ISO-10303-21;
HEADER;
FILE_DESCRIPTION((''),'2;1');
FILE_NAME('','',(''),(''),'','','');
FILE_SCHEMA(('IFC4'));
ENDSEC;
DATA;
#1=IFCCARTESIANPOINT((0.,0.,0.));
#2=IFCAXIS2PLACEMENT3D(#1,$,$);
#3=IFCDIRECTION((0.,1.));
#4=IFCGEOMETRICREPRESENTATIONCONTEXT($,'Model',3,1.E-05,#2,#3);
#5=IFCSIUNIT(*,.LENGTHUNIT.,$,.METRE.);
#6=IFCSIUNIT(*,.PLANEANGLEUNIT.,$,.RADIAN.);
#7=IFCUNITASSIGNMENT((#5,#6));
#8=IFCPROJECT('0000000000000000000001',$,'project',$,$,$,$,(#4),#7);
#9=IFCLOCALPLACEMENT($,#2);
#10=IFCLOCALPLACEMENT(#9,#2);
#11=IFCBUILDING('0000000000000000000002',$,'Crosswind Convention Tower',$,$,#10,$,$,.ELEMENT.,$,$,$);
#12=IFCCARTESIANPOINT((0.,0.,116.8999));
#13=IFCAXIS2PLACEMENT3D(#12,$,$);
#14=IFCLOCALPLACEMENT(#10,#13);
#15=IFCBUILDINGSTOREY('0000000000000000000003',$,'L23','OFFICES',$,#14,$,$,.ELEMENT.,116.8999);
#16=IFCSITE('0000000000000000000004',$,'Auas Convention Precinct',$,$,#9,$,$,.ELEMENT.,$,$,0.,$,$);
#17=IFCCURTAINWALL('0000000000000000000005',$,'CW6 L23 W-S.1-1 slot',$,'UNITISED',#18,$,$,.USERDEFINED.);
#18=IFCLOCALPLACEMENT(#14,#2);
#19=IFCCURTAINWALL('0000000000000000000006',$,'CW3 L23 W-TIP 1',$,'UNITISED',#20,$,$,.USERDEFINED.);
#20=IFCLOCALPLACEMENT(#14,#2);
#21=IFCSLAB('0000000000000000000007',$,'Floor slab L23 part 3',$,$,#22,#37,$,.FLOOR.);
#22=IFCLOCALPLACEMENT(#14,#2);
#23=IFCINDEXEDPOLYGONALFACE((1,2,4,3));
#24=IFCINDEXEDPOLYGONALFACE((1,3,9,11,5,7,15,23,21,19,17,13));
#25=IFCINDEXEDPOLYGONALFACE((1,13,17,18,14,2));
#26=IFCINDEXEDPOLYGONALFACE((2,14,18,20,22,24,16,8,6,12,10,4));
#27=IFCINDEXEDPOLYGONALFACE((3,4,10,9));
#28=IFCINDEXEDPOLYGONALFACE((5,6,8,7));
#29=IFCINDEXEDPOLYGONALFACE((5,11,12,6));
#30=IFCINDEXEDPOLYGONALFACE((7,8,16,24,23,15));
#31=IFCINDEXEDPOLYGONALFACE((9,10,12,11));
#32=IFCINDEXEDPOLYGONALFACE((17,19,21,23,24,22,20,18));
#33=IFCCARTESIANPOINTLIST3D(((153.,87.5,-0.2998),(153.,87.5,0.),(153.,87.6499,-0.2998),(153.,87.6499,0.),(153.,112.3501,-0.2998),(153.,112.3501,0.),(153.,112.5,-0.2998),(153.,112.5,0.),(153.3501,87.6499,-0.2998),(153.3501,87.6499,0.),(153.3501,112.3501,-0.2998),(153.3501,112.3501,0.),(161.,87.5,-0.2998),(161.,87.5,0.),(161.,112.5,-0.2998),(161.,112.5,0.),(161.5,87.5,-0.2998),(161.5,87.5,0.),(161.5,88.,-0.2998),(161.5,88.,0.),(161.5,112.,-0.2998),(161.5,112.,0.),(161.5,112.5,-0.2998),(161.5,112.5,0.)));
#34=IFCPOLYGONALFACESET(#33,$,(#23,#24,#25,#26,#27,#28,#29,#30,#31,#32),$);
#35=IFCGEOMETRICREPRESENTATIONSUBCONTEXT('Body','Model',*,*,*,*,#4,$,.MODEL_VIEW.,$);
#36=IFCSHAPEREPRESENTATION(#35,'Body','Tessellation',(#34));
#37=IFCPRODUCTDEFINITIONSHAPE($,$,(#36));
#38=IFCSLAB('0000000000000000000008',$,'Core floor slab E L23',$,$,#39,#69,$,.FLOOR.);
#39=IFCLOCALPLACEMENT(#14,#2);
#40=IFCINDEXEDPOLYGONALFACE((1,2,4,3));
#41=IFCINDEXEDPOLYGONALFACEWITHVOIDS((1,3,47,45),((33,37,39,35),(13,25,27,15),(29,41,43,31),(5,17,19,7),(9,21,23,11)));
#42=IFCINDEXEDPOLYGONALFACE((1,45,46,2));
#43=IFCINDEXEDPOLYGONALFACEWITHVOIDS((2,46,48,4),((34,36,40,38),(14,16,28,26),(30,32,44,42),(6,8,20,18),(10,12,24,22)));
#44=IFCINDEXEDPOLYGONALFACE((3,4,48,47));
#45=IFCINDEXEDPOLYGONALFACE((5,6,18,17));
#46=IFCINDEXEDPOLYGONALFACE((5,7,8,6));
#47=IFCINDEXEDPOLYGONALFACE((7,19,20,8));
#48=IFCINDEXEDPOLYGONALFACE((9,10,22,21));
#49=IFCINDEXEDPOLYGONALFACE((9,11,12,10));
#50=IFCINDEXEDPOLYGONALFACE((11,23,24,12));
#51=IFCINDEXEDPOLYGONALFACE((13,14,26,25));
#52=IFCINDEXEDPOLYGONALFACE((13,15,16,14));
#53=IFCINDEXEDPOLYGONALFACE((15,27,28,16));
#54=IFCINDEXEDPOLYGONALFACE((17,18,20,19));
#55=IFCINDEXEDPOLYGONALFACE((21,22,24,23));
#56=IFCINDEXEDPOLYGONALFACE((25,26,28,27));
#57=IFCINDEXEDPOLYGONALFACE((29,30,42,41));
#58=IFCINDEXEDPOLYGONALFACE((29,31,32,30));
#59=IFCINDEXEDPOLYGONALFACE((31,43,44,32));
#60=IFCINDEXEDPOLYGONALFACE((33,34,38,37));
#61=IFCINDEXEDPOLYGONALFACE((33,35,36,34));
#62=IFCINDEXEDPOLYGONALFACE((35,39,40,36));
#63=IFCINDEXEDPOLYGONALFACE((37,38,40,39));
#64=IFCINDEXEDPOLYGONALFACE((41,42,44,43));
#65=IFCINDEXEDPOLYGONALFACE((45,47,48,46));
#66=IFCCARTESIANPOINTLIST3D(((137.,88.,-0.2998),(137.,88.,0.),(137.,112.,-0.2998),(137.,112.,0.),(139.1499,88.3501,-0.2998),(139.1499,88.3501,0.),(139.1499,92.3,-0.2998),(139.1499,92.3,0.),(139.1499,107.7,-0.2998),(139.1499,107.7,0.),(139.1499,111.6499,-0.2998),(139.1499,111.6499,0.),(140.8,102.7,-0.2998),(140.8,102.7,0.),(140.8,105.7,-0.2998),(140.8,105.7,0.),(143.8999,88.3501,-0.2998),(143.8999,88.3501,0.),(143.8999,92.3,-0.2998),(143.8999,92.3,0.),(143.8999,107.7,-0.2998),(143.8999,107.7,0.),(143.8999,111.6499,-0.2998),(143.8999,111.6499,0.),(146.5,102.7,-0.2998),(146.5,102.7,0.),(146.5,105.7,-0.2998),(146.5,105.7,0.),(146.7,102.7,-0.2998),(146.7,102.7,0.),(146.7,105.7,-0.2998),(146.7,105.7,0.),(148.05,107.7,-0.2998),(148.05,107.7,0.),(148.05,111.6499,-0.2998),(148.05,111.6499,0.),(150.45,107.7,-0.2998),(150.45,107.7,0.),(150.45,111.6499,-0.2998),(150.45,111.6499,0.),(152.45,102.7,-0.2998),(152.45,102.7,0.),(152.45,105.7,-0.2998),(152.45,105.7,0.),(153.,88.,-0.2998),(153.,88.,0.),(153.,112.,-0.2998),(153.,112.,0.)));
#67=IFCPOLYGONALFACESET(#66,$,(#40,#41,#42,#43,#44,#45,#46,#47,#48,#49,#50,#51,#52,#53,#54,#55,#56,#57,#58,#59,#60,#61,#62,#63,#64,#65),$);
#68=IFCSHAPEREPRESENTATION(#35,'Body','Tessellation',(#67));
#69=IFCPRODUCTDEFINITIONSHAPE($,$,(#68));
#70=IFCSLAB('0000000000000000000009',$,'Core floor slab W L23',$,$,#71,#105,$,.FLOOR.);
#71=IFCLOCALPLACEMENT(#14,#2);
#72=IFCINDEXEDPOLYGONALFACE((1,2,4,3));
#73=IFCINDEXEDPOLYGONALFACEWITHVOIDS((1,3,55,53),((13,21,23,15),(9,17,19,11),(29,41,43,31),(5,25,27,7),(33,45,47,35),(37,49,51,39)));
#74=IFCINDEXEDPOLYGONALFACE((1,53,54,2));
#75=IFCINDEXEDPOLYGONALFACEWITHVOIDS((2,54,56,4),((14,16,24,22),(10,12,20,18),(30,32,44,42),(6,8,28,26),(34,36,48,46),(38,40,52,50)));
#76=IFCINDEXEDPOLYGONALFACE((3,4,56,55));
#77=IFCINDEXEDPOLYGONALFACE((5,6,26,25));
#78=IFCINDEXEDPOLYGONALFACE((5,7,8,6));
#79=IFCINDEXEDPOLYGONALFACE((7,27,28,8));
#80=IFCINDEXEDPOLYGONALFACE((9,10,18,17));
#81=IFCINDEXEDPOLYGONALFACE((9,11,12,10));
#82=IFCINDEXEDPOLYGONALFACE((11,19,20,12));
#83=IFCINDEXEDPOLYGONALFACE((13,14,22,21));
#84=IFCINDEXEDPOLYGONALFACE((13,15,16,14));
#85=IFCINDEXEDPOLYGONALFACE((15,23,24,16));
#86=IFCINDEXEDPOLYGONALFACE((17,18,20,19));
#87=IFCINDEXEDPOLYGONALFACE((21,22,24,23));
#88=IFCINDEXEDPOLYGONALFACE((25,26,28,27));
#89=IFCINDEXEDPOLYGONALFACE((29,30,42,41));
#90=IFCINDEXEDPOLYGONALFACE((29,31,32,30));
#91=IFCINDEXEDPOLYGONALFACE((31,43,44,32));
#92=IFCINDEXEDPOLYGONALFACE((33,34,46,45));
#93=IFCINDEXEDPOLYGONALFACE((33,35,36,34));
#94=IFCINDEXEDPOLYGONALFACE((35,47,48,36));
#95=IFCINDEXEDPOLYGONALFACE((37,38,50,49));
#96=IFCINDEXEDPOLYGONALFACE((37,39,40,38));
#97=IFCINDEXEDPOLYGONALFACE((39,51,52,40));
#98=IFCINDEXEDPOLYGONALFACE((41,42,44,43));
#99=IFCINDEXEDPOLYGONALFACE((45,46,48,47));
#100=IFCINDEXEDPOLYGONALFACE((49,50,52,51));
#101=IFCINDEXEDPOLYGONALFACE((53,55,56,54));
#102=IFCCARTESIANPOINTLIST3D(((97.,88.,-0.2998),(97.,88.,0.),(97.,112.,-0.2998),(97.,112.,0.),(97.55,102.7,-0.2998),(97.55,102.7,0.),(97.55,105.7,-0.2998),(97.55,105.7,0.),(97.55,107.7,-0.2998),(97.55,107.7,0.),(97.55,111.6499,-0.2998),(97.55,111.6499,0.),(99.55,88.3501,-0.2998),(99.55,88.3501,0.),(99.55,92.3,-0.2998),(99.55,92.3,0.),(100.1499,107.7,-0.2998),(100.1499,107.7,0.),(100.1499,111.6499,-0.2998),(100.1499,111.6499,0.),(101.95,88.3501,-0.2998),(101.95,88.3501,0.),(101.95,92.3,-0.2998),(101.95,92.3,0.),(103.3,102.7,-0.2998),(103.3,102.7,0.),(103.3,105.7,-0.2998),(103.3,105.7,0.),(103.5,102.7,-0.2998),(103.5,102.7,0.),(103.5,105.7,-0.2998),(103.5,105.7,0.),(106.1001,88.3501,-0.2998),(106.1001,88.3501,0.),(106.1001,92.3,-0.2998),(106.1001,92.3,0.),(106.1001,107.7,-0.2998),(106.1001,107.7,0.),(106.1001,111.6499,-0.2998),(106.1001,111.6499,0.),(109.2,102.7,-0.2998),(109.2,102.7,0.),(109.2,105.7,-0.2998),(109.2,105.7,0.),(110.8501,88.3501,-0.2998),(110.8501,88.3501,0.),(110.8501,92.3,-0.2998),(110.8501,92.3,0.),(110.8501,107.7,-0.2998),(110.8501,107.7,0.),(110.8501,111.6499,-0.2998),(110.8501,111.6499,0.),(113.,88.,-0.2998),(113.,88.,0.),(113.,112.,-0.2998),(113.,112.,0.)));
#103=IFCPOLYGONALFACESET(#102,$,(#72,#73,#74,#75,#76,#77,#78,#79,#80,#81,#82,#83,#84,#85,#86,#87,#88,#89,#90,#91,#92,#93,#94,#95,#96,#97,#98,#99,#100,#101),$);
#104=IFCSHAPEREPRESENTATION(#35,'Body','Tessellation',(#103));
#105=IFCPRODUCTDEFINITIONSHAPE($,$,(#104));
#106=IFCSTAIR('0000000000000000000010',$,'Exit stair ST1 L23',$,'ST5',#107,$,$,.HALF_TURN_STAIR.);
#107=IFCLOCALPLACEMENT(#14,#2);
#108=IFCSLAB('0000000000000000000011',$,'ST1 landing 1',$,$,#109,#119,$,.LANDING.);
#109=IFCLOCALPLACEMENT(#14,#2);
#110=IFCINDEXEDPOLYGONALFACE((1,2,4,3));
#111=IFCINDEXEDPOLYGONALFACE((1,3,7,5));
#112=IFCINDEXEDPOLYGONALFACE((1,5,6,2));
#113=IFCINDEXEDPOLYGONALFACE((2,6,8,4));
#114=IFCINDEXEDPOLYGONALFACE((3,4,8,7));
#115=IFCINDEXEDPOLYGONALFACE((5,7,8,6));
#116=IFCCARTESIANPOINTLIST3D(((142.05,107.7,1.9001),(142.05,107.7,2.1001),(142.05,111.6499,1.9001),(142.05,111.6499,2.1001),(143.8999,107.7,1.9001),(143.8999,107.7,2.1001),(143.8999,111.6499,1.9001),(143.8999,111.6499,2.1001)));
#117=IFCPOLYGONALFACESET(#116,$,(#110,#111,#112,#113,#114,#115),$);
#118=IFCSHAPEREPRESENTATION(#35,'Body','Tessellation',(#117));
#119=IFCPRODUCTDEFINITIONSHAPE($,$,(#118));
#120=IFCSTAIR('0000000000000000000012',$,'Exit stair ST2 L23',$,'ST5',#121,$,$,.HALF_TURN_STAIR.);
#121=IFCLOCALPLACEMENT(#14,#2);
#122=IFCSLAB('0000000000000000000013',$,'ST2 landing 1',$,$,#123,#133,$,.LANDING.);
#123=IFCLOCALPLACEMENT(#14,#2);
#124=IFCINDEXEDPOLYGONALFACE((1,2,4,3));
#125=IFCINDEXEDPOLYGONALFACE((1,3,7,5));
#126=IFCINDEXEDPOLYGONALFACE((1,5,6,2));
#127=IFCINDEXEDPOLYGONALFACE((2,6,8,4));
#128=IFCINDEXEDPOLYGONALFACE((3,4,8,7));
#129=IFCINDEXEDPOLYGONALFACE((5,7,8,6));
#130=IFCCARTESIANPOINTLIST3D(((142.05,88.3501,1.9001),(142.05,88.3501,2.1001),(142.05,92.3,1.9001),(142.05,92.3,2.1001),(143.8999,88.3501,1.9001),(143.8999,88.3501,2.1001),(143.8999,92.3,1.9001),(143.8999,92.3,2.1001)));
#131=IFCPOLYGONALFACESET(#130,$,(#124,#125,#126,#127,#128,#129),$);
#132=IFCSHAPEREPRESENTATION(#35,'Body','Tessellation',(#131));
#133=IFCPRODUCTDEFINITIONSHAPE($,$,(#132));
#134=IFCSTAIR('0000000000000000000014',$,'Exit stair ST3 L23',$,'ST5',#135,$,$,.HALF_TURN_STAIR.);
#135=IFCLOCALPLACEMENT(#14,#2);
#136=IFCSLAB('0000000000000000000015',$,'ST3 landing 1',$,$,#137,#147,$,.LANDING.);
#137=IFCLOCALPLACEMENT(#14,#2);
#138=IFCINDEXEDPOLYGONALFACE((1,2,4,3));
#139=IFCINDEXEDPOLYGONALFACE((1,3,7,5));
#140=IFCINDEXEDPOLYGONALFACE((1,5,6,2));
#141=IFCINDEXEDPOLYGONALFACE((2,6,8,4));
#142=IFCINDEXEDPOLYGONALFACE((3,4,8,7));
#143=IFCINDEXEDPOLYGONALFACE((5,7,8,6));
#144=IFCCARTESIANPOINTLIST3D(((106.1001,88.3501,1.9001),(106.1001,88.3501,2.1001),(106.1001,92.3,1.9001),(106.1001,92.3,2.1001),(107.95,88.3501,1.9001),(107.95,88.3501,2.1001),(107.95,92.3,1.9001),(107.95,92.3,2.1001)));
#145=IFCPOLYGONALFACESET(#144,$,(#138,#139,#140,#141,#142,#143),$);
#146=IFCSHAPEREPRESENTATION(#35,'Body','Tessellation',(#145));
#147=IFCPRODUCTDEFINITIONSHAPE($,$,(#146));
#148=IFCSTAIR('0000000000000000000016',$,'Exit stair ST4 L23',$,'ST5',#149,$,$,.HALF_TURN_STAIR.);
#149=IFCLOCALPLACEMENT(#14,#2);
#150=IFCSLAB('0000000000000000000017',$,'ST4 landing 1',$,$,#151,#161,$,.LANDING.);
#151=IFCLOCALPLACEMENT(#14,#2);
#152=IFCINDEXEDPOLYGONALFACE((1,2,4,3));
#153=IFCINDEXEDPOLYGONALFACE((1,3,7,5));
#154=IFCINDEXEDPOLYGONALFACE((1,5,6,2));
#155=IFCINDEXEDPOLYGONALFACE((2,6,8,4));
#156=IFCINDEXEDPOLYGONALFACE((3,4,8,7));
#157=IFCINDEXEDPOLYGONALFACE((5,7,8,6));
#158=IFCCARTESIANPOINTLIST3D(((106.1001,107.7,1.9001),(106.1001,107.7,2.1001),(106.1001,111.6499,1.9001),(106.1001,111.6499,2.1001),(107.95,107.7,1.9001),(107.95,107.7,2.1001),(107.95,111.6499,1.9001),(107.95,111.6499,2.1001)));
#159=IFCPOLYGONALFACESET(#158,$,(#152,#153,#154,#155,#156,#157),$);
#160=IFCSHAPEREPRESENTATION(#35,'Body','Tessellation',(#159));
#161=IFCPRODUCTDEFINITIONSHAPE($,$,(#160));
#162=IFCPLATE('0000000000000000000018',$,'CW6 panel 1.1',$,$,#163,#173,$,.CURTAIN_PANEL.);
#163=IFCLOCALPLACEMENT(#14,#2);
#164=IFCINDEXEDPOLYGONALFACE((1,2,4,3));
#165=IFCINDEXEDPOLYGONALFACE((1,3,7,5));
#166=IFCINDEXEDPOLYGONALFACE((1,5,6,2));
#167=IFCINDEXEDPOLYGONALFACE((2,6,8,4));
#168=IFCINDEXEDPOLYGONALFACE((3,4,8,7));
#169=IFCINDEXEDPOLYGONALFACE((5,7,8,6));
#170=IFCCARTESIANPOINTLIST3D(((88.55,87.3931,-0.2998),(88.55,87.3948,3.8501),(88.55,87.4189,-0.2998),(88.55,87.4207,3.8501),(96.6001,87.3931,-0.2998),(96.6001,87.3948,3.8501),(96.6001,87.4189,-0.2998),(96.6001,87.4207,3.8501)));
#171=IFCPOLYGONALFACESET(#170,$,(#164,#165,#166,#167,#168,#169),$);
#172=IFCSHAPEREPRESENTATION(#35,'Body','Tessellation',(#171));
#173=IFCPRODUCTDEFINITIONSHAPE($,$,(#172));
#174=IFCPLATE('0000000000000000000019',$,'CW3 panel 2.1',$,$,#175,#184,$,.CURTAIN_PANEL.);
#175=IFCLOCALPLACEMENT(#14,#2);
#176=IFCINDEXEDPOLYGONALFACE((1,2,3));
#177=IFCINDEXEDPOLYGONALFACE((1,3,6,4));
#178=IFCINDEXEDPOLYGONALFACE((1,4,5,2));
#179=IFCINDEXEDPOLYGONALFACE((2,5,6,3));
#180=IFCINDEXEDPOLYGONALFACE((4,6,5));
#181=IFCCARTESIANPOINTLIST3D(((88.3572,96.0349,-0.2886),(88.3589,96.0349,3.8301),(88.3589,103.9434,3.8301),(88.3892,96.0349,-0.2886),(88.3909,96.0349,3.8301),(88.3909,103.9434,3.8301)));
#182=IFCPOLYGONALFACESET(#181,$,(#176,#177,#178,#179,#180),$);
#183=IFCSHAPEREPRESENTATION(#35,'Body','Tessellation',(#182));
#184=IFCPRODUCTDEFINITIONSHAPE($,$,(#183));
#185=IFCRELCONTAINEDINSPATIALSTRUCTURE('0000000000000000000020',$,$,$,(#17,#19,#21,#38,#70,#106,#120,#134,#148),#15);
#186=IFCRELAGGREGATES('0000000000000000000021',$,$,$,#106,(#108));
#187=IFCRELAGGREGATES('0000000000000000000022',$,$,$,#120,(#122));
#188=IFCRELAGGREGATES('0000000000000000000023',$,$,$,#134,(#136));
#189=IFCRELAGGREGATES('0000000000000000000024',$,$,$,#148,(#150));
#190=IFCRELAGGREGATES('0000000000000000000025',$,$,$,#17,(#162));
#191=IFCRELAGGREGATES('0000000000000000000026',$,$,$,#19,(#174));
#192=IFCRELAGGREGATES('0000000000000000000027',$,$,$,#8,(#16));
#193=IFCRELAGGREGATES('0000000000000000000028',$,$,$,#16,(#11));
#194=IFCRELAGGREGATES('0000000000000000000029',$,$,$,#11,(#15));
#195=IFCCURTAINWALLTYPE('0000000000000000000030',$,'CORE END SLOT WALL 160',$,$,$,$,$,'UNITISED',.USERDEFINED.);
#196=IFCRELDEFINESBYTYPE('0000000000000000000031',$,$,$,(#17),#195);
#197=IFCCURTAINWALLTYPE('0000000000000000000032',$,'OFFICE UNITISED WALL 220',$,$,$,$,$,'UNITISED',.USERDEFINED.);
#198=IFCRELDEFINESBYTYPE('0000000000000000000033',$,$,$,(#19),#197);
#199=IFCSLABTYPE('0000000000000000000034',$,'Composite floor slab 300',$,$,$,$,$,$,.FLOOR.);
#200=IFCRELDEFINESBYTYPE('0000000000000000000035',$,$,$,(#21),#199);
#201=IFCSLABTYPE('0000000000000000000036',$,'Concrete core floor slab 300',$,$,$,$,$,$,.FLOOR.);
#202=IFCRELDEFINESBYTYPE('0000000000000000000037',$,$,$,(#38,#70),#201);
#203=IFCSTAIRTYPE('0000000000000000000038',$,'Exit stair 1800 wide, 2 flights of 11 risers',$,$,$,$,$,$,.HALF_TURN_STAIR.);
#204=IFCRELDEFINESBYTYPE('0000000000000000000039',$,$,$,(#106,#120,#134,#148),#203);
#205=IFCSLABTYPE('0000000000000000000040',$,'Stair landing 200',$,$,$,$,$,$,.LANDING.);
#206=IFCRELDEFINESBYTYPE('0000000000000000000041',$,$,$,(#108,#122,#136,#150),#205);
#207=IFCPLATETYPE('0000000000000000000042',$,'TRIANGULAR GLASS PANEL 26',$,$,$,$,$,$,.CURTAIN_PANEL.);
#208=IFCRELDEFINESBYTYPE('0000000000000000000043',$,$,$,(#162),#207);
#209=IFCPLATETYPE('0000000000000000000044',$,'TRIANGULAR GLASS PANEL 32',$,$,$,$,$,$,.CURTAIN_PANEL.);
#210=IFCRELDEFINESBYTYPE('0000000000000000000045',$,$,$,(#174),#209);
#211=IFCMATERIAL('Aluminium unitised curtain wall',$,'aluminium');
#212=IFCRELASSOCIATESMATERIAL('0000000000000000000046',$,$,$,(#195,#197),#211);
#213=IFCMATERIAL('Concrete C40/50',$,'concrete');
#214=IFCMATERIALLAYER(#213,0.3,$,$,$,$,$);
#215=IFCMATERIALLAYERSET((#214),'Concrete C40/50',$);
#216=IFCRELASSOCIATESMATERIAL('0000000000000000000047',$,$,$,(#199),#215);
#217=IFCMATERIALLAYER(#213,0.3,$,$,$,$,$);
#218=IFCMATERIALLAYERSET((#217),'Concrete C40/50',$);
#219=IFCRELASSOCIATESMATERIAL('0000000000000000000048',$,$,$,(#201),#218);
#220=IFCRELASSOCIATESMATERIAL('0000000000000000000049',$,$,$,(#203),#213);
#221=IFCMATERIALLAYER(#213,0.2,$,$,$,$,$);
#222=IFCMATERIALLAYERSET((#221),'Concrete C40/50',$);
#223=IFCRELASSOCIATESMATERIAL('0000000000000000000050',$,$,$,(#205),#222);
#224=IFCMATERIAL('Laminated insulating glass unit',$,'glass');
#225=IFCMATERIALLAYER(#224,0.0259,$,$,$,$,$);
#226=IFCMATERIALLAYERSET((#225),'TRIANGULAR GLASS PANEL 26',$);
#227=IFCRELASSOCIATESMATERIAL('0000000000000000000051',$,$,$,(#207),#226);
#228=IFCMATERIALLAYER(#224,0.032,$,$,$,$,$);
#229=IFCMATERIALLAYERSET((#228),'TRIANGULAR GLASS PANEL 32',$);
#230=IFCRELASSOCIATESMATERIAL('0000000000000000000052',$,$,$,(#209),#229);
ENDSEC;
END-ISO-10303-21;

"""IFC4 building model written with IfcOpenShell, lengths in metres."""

from ifc_helpers import new_model, si_unit, direction, frame, origin, place, context, subcontext, project, spatial, polyline, outline, extrude, material, layer, layer_set, type_object, element, aggregate, save


model = new_model("IFC4")

# Units and contexts
model_context = context("Model", 3, precision=1e-05, world=origin(), true_north=direction((0.0, 1.0)))
body_context = subcontext(model_context, "Body", "Model", "MODEL_VIEW")
ifc_project = project(units=[si_unit("LENGTHUNIT", "METRE"), si_unit("PLANEANGLEUNIT", "RADIAN")], contexts=[model_context])

# Site, building, storey
site_placement = place(None, origin())
site = spatial("IfcSite", under=ifc_project, at=site_placement, Name="Auas Convention Precinct", CompositionType="ELEMENT", RefElevation=0.0)
building_placement = place(site_placement, origin())
building = spatial("IfcBuilding", under=site, at=building_placement, Name="Crosswind Convention Tower", CompositionType="ELEMENT")
storey_placement = place(building_placement, frame((0.0, 0.0, 116.8999)))
storey = spatial("IfcBuildingStorey", under=building, at=storey_placement, Name="L23", Description="OFFICES", CompositionType="ELEMENT", Elevation=116.8999)

# Curtain wall
ifc_material_1 = material(Name="Aluminium unitised curtain wall", Category="aluminium")
curtain_wall_type_1 = type_object("IfcCurtainWallType", Name="CORE END SLOT WALL 160", ElementType="UNITISED", PredefinedType="USERDEFINED", material=ifc_material_1)
curtain_wall_1_placement = place(storey_placement, origin())
curtain_wall_1 = element("IfcCurtainWall", 1, at=curtain_wall_1_placement, inside=storey, type_object=curtain_wall_type_1, Name="CW6 L23 W-S.1-1 slot", ObjectType="UNITISED", PredefinedType="USERDEFINED")

# Curtain wall
curtain_wall_type_2 = type_object("IfcCurtainWallType", Name="OFFICE UNITISED WALL 220", ElementType="UNITISED", PredefinedType="USERDEFINED", material=ifc_material_1)
curtain_wall_2_placement = place(storey_placement, origin())
curtain_wall_2 = element("IfcCurtainWall", 2, at=curtain_wall_2_placement, inside=storey, type_object=curtain_wall_type_2, Name="CW3 L23 W-TIP 1", ObjectType="UNITISED", PredefinedType="USERDEFINED")

# Slabs
ifc_material_2 = material(Name="Concrete C40/50", Category="concrete")
ifc_layer_1 = layer(ifc_material_2, 0.3)
ifc_layer_set_1 = layer_set([ifc_layer_1], Name="Concrete C40/50")
slab_type_1 = type_object("IfcSlabType", Name="Composite floor slab 300", PredefinedType="FLOOR", material=ifc_layer_set_1)
slab_1_placement = place(storey_placement, frame((0.0, 0.0, -0.2998)))
element("IfcSlab", 3, at=slab_1_placement, inside=storey, type_object=slab_type_1, Name="Floor slab L23 part 3", PredefinedType="FLOOR", context=body_context, shape_type="SweptSolid", body=[
    extrude(outline(polyline([(153.0, 112.5), (161.0, 112.5), (161.5, 112.5), (161.5, 112.0), (161.5, 88.0), (161.5, 87.5), (161.0, 87.5), (153.0, 87.5), (153.0, 87.6499), (153.3501, 87.6499), (153.3501, 112.3501), (153.0, 112.3501), (153.0, 112.5)])), origin(), (0.0, 0.0, 1.0), 0.2998),
])
ifc_layer_2 = layer(ifc_material_2, 0.3)
ifc_layer_set_2 = layer_set([ifc_layer_2], Name="Concrete C40/50")
slab_type_2 = type_object("IfcSlabType", Name="Concrete core floor slab 300", PredefinedType="FLOOR", material=ifc_layer_set_2)
slab_2_placement = place(storey_placement, frame((0.0, 0.0, -0.2998)))
element("IfcSlab", 4, at=slab_2_placement, inside=storey, type_object=slab_type_2, Name="Core floor slab E L23", PredefinedType="FLOOR", context=body_context, shape_type="SweptSolid", body=[
    extrude(outline(polyline([(137.0, 88.0), (153.0, 88.0), (153.0, 112.0), (137.0, 112.0), (137.0, 88.0)]), holes=[polyline([(146.5, 102.7), (146.5, 105.7), (140.8, 105.7), (140.8, 102.7), (146.5, 102.7)]), polyline([(152.45, 102.7), (152.45, 105.7), (146.7, 105.7), (146.7, 102.7), (152.45, 102.7)]), polyline([(150.45, 107.7), (150.45, 111.6499), (148.05, 111.6499), (148.05, 107.7), (150.45, 107.7)]), polyline([(143.8999, 107.7), (143.8999, 111.6499), (139.1499, 111.6499), (139.1499, 107.7), (143.8999, 107.7)]), polyline([(143.8999, 88.3501), (143.8999, 92.3), (139.1499, 92.3), (139.1499, 88.3501), (143.8999, 88.3501)])]), origin(), (0.0, 0.0, 1.0), 0.2998),
])
slab_3_placement = place(storey_placement, frame((0.0, 0.0, -0.2998)))
element("IfcSlab", 5, at=slab_3_placement, inside=storey, type_object=slab_type_2, Name="Core floor slab W L23", PredefinedType="FLOOR", context=body_context, shape_type="SweptSolid", body=[
    extrude(outline(polyline([(97.0, 88.0), (113.0, 88.0), (113.0, 112.0), (97.0, 112.0), (97.0, 88.0)]), holes=[polyline([(109.2, 102.7), (109.2, 105.7), (103.5, 105.7), (103.5, 102.7), (109.2, 102.7)]), polyline([(103.3, 102.7), (103.3, 105.7), (97.55, 105.7), (97.55, 102.7), (103.3, 102.7)]), polyline([(101.95, 88.3501), (101.95, 92.3), (99.55, 92.3), (99.55, 88.3501), (101.95, 88.3501)]), polyline([(100.1499, 107.7), (100.1499, 111.6499), (97.55, 111.6499), (97.55, 107.7), (100.1499, 107.7)]), polyline([(110.8501, 88.3501), (110.8501, 92.3), (106.1001, 92.3), (106.1001, 88.3501), (110.8501, 88.3501)]), polyline([(110.8501, 107.7), (110.8501, 111.6499), (106.1001, 111.6499), (106.1001, 107.7), (110.8501, 107.7)])]), origin(), (0.0, 0.0, 1.0), 0.2998),
])

# Stairs, slabs
stair_type = type_object("IfcStairType", Name="Exit stair 1800 wide, 2 flights of 11 risers", PredefinedType="HALF_TURN_STAIR", material=ifc_material_2)
stair_1_placement = place(storey_placement, origin())
stair_1 = element("IfcStair", 6, at=stair_1_placement, inside=storey, type_object=stair_type, Name="Exit stair ST1 L23", ObjectType="ST5", PredefinedType="HALF_TURN_STAIR")
ifc_layer_3 = layer(ifc_material_2, 0.2)
ifc_layer_set_3 = layer_set([ifc_layer_3], Name="Concrete C40/50")
slab_type_3 = type_object("IfcSlabType", Name="Stair landing 200", PredefinedType="LANDING", material=ifc_layer_set_3)
slab_4_placement = place(storey_placement, frame((0.0, 0.0, 1.9001)))
slab_4 = element("IfcSlab", 7, at=slab_4_placement, type_object=slab_type_3, Name="ST1 landing 1", PredefinedType="LANDING", context=body_context, shape_type="SweptSolid", body=[
    extrude(outline(polyline([(143.8999, 107.7), (143.8999, 111.6499), (142.05, 111.6499), (142.05, 107.7), (143.8999, 107.7)])), origin(), (0.0, 0.0, 1.0), 0.2),
])
aggregate(stair_1, [slab_4])
stair_2_placement = place(storey_placement, origin())
stair_2 = element("IfcStair", 8, at=stair_2_placement, inside=storey, type_object=stair_type, Name="Exit stair ST2 L23", ObjectType="ST5", PredefinedType="HALF_TURN_STAIR")
slab_5_placement = place(storey_placement, frame((0.0, 0.0, 1.9001)))
slab_5 = element("IfcSlab", 9, at=slab_5_placement, type_object=slab_type_3, Name="ST2 landing 1", PredefinedType="LANDING", context=body_context, shape_type="SweptSolid", body=[
    extrude(outline(polyline([(143.8999, 88.3501), (143.8999, 92.3), (142.05, 92.3), (142.05, 88.3501), (143.8999, 88.3501)])), origin(), (0.0, 0.0, 1.0), 0.2),
])
aggregate(stair_2, [slab_5])
stair_3_placement = place(storey_placement, origin())
stair_3 = element("IfcStair", 10, at=stair_3_placement, inside=storey, type_object=stair_type, Name="Exit stair ST3 L23", ObjectType="ST5", PredefinedType="HALF_TURN_STAIR")
slab_6_placement = place(storey_placement, frame((0.0, 0.0, 1.9001)))
slab_6 = element("IfcSlab", 11, at=slab_6_placement, type_object=slab_type_3, Name="ST3 landing 1", PredefinedType="LANDING", context=body_context, shape_type="SweptSolid", body=[
    extrude(outline(polyline([(107.95, 88.3501), (107.95, 92.3), (106.1001, 92.3), (106.1001, 88.3501), (107.95, 88.3501)])), origin(), (0.0, 0.0, 1.0), 0.2),
])
aggregate(stair_3, [slab_6])
stair_4_placement = place(storey_placement, origin())
stair_4 = element("IfcStair", 12, at=stair_4_placement, inside=storey, type_object=stair_type, Name="Exit stair ST4 L23", ObjectType="ST5", PredefinedType="HALF_TURN_STAIR")
slab_7_placement = place(storey_placement, frame((0.0, 0.0, 1.9001)))
slab_7 = element("IfcSlab", 13, at=slab_7_placement, type_object=slab_type_3, Name="ST4 landing 1", PredefinedType="LANDING", context=body_context, shape_type="SweptSolid", body=[
    extrude(outline(polyline([(107.95, 107.7), (107.95, 111.6499), (106.1001, 111.6499), (106.1001, 107.7), (107.95, 107.7)])), origin(), (0.0, 0.0, 1.0), 0.2),
])
aggregate(stair_4, [slab_7])

# Plates
ifc_material_3 = material(Name="Laminated insulating glass unit", Category="glass")
ifc_layer_4 = layer(ifc_material_3, 0.0259)
ifc_layer_set_4 = layer_set([ifc_layer_4], Name="TRIANGULAR GLASS PANEL 26")
plate_type_1 = type_object("IfcPlateType", Name="TRIANGULAR GLASS PANEL 26", PredefinedType="CURTAIN_PANEL", material=ifc_layer_set_4)
plate_1_placement = place(storey_placement, frame((88.55, 87.3931, -0.2998), z_axis=(0.0, -1.0, 0.000412), x_axis=(1.0, 0.0, 0.0)))
plate_1 = element("IfcPlate", 14, at=plate_1_placement, type_object=plate_type_1, Name="CW6 panel 1.1", PredefinedType="CURTAIN_PANEL", context=body_context, shape_type="SweptSolid", body=[
    extrude(outline(polyline([(0.0, 0.0), (8.05, 0.0), (8.05, 4.1499), (0.0, 4.1499), (0.0, 0.0)])), origin(), (0.0, 0.0, -1.0), 0.0259),
])
aggregate(curtain_wall_1, [plate_1])
ifc_layer_5 = layer(ifc_material_3, 0.032)
ifc_layer_set_5 = layer_set([ifc_layer_5], Name="TRIANGULAR GLASS PANEL 32")
plate_type_2 = type_object("IfcPlateType", Name="TRIANGULAR GLASS PANEL 32", PredefinedType="CURTAIN_PANEL", material=ifc_layer_set_5)
plate_2_placement = place(storey_placement, frame((88.3589, 96.0349, 3.8301), z_axis=(-1.0, 0.0, 0.000415), x_axis=(0.0, 1.0, 0.0)))
plate_2 = element("IfcPlate", 15, at=plate_2_placement, type_object=plate_type_2, Name="CW3 panel 2.1", PredefinedType="CURTAIN_PANEL", context=body_context, shape_type="SweptSolid", body=[
    extrude(outline(polyline([(0.0, 0.0), (7.9084, 0.0), (0.0, 4.1187), (0.0, 0.0)])), origin(), (0.0, 0.0, -1.0), 0.032),
])
aggregate(curtain_wall_2, [plate_2])

save(model, "model.ifc")
